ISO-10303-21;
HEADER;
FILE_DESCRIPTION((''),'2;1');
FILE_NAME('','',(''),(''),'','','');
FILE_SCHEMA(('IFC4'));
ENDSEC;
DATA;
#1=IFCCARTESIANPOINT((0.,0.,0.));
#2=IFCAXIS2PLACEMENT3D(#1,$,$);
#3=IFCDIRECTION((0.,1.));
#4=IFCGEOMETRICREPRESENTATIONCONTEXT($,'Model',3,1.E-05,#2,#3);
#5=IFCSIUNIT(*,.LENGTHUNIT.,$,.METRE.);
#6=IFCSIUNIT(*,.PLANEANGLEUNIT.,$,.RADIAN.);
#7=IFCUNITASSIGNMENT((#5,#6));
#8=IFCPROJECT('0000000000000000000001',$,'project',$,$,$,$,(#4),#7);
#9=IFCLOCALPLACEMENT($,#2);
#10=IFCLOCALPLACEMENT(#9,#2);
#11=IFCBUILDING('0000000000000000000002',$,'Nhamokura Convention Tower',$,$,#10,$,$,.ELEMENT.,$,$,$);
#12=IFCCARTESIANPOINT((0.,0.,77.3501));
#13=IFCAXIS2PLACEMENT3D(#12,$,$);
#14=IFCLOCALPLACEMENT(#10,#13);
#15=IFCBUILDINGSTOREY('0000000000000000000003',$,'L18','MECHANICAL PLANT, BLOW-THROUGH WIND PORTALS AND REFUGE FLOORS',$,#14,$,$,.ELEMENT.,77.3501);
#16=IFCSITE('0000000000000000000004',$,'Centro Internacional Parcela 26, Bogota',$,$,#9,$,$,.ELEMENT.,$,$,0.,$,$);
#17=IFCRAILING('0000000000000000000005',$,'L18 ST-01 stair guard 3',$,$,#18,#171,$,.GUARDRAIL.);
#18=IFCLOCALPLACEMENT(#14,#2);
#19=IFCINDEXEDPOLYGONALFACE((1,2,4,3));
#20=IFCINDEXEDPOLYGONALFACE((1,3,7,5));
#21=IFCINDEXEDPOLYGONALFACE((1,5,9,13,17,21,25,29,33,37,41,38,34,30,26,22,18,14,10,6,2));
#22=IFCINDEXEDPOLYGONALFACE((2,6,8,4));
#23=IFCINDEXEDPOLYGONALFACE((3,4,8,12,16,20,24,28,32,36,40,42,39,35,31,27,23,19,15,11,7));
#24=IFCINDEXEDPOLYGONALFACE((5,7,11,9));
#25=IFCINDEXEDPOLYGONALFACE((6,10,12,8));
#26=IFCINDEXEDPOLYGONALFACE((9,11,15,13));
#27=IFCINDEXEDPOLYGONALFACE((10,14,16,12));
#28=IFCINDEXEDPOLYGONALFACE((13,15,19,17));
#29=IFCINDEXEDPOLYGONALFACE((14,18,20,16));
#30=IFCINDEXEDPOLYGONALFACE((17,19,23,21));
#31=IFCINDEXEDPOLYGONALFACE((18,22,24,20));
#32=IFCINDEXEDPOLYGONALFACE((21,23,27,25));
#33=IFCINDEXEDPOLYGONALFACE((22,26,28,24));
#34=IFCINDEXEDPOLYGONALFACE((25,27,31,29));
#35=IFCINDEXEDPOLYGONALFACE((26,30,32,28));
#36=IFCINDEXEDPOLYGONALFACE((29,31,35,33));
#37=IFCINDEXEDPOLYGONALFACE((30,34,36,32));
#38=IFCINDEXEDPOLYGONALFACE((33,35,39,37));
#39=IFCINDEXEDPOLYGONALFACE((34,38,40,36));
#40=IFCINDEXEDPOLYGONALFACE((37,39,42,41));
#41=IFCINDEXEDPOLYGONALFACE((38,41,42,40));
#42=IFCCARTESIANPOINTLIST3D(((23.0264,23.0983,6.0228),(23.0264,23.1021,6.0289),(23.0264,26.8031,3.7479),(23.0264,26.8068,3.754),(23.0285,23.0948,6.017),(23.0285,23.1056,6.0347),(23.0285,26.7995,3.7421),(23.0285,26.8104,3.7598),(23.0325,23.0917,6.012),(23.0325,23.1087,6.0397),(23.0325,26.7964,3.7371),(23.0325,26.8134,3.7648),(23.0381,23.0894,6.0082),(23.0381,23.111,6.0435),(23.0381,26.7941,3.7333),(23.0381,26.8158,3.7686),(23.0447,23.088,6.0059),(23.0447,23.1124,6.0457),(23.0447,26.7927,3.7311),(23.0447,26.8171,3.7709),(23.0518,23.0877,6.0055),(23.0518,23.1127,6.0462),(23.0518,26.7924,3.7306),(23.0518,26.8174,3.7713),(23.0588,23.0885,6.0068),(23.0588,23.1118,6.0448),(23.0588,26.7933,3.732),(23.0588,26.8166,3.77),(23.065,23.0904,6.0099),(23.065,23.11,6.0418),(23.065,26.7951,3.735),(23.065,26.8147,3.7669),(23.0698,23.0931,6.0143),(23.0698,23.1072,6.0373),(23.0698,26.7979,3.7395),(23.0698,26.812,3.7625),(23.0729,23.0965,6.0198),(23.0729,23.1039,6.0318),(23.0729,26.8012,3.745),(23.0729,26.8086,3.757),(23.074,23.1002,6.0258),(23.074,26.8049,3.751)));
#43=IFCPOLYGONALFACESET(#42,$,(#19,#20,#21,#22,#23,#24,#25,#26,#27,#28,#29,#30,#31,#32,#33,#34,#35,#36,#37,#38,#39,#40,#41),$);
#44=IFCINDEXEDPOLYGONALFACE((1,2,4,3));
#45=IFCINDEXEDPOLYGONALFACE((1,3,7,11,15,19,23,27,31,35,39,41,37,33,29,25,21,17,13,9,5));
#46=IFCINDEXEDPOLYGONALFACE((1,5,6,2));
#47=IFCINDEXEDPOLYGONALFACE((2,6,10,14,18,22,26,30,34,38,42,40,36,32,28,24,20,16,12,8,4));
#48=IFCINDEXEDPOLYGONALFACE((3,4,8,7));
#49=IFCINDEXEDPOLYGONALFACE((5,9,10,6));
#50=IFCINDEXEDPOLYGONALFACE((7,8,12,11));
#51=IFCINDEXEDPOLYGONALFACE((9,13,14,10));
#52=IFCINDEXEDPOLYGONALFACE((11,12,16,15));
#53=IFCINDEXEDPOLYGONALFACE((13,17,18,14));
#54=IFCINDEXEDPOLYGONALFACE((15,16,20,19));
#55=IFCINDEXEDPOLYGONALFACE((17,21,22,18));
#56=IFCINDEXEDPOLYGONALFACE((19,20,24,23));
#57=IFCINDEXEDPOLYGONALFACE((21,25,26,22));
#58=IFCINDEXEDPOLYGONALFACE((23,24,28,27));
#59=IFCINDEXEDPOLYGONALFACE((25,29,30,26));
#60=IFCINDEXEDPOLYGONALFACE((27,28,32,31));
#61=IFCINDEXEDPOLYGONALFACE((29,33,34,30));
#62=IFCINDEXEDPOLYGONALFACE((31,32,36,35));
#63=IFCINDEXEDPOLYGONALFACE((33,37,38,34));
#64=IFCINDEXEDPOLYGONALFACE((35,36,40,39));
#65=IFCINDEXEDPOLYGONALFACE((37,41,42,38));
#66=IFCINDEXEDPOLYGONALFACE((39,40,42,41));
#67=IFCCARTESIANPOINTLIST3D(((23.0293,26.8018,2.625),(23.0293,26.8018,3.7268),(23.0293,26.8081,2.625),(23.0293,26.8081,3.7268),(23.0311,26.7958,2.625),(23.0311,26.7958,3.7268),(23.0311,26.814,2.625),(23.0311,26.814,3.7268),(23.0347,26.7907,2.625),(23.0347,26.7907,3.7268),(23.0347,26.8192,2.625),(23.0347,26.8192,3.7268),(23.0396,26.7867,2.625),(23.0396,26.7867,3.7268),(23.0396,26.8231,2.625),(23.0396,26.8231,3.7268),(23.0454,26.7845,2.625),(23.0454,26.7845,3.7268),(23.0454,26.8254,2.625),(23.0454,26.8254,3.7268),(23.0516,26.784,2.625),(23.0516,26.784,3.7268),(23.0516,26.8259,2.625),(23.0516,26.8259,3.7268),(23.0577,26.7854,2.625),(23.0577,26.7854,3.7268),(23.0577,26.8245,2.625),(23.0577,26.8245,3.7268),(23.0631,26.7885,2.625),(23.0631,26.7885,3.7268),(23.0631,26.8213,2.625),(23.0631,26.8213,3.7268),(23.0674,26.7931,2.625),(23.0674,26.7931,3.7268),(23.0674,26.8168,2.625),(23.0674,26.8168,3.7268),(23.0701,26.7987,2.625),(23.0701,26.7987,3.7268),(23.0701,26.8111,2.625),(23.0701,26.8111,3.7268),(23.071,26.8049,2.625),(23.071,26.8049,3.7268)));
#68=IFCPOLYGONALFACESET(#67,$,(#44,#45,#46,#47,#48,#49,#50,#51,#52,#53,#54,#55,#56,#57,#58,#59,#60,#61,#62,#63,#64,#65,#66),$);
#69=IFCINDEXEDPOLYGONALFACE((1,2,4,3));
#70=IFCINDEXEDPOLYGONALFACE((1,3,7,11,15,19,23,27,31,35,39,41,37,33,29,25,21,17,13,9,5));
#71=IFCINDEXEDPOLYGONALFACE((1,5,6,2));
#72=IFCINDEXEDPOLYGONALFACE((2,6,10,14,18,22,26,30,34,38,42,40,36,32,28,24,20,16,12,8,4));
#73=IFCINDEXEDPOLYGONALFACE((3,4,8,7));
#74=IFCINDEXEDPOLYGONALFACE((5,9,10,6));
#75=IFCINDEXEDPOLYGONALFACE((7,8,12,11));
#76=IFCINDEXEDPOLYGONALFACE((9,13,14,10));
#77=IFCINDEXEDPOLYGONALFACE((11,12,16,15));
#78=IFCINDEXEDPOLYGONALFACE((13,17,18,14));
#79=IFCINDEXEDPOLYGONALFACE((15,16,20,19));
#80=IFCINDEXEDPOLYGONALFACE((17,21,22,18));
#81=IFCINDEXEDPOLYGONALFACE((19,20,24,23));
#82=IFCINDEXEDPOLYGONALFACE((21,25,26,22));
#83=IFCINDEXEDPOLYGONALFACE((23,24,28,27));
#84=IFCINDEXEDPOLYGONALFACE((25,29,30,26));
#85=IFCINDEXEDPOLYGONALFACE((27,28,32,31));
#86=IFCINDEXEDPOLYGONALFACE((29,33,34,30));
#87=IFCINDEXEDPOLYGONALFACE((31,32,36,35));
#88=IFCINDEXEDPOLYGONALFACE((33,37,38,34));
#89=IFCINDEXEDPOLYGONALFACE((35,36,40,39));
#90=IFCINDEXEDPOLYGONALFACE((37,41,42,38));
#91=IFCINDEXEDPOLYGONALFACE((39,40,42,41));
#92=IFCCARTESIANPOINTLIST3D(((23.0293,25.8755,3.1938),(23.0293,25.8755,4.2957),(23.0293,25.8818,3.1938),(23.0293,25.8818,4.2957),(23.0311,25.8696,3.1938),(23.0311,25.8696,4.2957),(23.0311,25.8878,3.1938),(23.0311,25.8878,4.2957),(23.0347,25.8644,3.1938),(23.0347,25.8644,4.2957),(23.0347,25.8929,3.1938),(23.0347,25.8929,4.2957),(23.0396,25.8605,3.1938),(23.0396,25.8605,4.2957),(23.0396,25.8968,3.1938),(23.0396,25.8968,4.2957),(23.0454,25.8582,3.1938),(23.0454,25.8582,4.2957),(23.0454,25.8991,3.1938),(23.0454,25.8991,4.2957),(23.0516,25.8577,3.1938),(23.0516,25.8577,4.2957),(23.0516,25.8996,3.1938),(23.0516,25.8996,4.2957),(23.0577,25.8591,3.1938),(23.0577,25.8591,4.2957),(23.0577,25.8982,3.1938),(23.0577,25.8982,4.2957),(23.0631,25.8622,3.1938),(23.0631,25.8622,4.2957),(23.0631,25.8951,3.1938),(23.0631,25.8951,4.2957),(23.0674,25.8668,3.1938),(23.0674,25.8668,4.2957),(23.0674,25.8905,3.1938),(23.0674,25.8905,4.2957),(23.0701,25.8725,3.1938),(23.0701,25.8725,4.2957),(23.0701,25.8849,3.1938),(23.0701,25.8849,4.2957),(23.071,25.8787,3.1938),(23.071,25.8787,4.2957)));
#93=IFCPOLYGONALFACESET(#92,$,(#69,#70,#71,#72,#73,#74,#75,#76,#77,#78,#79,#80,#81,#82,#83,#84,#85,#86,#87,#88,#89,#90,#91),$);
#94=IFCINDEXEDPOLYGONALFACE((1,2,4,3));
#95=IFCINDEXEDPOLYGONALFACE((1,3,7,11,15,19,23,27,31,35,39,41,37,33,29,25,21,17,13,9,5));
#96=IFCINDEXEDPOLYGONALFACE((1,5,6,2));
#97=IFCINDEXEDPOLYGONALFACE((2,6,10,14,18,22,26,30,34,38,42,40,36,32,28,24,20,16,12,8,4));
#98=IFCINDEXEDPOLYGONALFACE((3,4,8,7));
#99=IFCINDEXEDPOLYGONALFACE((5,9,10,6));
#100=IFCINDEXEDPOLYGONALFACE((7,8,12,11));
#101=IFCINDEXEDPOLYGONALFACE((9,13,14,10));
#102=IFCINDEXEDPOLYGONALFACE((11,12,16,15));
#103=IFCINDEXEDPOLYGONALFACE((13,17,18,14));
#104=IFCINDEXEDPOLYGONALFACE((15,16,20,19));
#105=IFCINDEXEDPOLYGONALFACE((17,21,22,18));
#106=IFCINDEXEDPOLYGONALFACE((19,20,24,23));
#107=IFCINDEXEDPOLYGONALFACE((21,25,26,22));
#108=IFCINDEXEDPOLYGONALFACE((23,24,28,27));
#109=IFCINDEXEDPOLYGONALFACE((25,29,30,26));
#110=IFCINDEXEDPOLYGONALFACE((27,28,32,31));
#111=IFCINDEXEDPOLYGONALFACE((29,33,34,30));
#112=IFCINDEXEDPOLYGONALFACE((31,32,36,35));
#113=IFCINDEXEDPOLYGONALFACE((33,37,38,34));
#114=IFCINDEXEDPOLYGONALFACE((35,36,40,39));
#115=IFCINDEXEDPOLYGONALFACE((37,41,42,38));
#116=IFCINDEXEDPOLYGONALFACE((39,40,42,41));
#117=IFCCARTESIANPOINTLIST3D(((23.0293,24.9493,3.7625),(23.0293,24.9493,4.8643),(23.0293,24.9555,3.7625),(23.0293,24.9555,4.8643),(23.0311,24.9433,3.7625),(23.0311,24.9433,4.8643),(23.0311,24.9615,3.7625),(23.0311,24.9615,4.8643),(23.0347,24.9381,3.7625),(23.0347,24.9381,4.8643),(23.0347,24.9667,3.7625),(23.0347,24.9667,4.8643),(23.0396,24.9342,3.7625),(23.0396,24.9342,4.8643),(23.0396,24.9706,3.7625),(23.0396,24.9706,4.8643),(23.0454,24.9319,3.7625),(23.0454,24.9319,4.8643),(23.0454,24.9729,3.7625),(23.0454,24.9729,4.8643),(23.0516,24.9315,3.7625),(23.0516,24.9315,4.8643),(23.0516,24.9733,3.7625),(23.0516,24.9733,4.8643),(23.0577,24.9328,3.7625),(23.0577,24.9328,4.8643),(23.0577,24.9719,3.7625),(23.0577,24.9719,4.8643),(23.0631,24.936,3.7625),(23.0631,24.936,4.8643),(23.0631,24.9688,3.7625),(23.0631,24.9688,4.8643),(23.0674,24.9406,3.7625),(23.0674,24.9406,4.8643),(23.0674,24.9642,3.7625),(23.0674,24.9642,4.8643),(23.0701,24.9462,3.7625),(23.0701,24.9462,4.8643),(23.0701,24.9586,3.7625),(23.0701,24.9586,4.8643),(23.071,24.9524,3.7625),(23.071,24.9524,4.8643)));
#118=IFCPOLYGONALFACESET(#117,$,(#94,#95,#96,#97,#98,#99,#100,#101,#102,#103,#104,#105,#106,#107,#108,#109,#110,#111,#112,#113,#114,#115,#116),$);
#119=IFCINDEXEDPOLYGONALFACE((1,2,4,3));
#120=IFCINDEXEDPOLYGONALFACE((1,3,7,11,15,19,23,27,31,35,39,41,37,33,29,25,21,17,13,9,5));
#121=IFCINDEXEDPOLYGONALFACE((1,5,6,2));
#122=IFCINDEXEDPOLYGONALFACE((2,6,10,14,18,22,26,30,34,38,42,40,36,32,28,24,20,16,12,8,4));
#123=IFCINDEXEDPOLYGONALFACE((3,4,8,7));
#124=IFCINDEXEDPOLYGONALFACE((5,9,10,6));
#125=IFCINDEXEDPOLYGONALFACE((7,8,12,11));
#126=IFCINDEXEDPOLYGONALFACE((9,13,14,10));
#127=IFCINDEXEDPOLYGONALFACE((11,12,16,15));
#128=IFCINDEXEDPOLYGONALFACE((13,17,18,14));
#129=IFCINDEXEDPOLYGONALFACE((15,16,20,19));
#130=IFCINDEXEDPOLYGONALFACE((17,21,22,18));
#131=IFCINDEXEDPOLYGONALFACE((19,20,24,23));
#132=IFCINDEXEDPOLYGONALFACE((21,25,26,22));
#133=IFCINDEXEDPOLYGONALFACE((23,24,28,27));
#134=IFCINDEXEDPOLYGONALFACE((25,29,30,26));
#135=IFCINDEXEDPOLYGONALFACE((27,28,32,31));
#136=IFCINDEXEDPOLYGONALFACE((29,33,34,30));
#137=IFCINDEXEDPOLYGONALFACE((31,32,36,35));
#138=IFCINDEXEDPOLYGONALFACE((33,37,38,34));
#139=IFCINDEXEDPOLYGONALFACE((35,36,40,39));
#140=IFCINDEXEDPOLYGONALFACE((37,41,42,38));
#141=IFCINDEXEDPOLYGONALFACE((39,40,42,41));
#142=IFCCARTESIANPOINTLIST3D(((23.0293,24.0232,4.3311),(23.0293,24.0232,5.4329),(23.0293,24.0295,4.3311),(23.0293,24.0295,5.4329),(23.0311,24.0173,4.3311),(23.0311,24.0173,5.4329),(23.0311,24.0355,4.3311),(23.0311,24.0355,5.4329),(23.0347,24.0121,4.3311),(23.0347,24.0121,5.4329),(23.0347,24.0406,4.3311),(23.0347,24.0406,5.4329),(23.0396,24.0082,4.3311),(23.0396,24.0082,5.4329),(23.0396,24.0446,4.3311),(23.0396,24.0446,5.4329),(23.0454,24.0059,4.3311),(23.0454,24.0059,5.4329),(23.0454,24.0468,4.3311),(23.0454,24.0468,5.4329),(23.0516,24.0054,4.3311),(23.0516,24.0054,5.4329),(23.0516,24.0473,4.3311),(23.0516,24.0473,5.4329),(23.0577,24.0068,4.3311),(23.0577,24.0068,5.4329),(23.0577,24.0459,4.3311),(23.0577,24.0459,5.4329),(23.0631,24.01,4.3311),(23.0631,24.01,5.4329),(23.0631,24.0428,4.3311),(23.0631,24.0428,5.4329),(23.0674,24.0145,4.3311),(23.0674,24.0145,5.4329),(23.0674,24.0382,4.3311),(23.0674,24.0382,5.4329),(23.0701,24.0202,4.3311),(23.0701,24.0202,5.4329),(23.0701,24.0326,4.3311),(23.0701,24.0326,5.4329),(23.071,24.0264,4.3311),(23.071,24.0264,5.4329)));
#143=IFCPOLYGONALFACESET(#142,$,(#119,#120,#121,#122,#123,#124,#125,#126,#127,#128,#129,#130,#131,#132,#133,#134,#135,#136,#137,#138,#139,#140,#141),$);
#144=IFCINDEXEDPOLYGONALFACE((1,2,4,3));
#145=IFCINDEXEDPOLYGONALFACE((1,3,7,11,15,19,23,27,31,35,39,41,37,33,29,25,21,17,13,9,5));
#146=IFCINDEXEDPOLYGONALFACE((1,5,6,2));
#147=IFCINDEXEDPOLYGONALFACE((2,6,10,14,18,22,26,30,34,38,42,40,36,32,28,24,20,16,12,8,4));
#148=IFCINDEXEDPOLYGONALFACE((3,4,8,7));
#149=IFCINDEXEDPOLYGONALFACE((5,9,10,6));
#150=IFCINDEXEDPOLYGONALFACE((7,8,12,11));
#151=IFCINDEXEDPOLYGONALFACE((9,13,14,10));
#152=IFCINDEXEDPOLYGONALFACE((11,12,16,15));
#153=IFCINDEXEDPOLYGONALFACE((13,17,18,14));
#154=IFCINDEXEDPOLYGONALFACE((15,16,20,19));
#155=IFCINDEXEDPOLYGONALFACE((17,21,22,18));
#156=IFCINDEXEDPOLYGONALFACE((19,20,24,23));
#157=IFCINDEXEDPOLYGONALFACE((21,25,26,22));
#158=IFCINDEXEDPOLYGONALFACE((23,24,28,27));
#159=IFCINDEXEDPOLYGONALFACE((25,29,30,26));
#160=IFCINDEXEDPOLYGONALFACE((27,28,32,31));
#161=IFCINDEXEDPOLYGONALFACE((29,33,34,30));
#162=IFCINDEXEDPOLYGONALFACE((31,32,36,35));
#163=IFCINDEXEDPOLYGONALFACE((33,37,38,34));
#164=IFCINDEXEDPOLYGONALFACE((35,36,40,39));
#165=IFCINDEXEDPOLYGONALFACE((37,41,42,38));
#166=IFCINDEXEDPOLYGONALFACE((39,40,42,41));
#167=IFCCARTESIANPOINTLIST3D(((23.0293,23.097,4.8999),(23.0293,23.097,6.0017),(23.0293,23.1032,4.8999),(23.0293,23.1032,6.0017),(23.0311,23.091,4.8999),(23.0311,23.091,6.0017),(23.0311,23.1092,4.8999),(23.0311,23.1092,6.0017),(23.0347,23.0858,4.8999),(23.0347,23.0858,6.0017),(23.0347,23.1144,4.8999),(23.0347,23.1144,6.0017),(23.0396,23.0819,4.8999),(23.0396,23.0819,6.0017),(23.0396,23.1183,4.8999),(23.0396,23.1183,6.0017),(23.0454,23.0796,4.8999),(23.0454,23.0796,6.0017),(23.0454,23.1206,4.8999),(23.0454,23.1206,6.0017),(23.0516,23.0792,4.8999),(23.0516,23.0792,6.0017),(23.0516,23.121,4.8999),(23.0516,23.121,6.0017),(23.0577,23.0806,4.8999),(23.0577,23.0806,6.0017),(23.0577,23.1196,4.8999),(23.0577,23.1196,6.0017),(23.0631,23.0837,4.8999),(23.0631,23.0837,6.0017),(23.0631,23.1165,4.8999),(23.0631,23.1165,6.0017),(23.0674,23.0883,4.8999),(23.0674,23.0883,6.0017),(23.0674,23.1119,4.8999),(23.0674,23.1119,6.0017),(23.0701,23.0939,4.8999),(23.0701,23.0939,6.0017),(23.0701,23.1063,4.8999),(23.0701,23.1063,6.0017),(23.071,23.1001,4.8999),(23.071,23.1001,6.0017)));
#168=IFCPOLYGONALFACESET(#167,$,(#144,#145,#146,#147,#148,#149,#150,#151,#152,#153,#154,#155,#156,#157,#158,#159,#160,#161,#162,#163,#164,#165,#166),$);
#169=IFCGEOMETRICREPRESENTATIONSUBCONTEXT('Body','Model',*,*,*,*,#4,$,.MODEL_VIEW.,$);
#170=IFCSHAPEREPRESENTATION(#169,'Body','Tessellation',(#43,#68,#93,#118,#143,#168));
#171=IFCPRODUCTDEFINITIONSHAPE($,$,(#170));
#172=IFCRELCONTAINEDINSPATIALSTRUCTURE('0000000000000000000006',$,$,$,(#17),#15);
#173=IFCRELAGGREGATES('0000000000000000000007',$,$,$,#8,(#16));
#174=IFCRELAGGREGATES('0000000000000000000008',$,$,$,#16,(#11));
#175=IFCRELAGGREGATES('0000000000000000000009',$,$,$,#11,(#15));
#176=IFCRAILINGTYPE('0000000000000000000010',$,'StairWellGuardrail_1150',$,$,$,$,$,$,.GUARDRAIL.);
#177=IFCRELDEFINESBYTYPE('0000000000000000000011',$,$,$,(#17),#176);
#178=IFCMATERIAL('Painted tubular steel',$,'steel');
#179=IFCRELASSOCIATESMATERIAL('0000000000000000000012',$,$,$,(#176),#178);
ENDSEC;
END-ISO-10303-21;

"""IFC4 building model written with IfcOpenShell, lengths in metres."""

from ifc_helpers import new_model, si_unit, direction, frame, origin, origin_2d, place, context, subcontext, project, spatial, circle, extrude, material, type_object, element, save


model = new_model("IFC4")

# Units and contexts
model_context = context("Model", 3, precision=1e-05, world=origin(), true_north=direction((0.0, 1.0)))
body_context = subcontext(model_context, "Body", "Model", "MODEL_VIEW")
ifc_project = project(units=[si_unit("LENGTHUNIT", "METRE"), si_unit("PLANEANGLEUNIT", "RADIAN")], contexts=[model_context])

# Site, building, storey
site_placement = place(None, origin())
site = spatial("IfcSite", under=ifc_project, at=site_placement, Name="Centro Internacional Parcela 26, Bogota", CompositionType="ELEMENT", RefElevation=0.0)
building_placement = place(site_placement, origin())
building = spatial("IfcBuilding", under=site, at=building_placement, Name="Nhamokura Convention Tower", CompositionType="ELEMENT")
storey_placement = place(building_placement, frame((0.0, 0.0, 77.3501)))
storey = spatial("IfcBuildingStorey", under=building, at=storey_placement, Name="L18", Description="MECHANICAL PLANT, BLOW-THROUGH WIND PORTALS AND REFUGE FLOORS", CompositionType="ELEMENT", Elevation=77.3501)

# Railing
ifc_material_1 = material(Name="Painted tubular steel", Category="steel")
railing_type_1 = type_object("IfcRailingType", Name="StairWellGuardrail_1150", PredefinedType="GUARDRAIL", material=ifc_material_1)
railing_1_placement = place(storey_placement, frame((23.05, 26.8049, 2.625)))
element("IfcRailing", 1, at=railing_1_placement, inside=storey, type_object=railing_type_1, Name="L18 ST-01 stair guard 3", PredefinedType="GUARDRAIL", context=body_context, shape_type="SweptSolid", body=[
    extrude(circle(Radius=0.0239, at=origin_2d()), frame((0.0, 0.0, 1.126), z_axis=(0.0, -0.852171, 0.523264), x_axis=(1.0, 0.0, 0.0)), (0.0, 0.0, 1.0), 4.3474),
    extrude(circle(Radius=0.021, at=origin_2d()), origin(), (0.0, 0.0, 1.0), 1.1018),
    extrude(circle(Radius=0.021, at=origin_2d()), frame((0.0, -0.9263, 0.5688)), (0.0, 0.0, 1.0), 1.1018),
    extrude(circle(Radius=0.021, at=origin_2d()), frame((0.0, -1.8525, 1.1375)), (0.0, 0.0, 1.0), 1.1018),
    extrude(circle(Radius=0.021, at=origin_2d()), frame((0.0, -2.7786, 1.7061)), (0.0, 0.0, 1.0), 1.1018),
    extrude(circle(Radius=0.021, at=origin_2d()), frame((0.0, -3.7048, 2.2749)), (0.0, 0.0, 1.0), 1.1018),
])

save(model, "model.ifc")
